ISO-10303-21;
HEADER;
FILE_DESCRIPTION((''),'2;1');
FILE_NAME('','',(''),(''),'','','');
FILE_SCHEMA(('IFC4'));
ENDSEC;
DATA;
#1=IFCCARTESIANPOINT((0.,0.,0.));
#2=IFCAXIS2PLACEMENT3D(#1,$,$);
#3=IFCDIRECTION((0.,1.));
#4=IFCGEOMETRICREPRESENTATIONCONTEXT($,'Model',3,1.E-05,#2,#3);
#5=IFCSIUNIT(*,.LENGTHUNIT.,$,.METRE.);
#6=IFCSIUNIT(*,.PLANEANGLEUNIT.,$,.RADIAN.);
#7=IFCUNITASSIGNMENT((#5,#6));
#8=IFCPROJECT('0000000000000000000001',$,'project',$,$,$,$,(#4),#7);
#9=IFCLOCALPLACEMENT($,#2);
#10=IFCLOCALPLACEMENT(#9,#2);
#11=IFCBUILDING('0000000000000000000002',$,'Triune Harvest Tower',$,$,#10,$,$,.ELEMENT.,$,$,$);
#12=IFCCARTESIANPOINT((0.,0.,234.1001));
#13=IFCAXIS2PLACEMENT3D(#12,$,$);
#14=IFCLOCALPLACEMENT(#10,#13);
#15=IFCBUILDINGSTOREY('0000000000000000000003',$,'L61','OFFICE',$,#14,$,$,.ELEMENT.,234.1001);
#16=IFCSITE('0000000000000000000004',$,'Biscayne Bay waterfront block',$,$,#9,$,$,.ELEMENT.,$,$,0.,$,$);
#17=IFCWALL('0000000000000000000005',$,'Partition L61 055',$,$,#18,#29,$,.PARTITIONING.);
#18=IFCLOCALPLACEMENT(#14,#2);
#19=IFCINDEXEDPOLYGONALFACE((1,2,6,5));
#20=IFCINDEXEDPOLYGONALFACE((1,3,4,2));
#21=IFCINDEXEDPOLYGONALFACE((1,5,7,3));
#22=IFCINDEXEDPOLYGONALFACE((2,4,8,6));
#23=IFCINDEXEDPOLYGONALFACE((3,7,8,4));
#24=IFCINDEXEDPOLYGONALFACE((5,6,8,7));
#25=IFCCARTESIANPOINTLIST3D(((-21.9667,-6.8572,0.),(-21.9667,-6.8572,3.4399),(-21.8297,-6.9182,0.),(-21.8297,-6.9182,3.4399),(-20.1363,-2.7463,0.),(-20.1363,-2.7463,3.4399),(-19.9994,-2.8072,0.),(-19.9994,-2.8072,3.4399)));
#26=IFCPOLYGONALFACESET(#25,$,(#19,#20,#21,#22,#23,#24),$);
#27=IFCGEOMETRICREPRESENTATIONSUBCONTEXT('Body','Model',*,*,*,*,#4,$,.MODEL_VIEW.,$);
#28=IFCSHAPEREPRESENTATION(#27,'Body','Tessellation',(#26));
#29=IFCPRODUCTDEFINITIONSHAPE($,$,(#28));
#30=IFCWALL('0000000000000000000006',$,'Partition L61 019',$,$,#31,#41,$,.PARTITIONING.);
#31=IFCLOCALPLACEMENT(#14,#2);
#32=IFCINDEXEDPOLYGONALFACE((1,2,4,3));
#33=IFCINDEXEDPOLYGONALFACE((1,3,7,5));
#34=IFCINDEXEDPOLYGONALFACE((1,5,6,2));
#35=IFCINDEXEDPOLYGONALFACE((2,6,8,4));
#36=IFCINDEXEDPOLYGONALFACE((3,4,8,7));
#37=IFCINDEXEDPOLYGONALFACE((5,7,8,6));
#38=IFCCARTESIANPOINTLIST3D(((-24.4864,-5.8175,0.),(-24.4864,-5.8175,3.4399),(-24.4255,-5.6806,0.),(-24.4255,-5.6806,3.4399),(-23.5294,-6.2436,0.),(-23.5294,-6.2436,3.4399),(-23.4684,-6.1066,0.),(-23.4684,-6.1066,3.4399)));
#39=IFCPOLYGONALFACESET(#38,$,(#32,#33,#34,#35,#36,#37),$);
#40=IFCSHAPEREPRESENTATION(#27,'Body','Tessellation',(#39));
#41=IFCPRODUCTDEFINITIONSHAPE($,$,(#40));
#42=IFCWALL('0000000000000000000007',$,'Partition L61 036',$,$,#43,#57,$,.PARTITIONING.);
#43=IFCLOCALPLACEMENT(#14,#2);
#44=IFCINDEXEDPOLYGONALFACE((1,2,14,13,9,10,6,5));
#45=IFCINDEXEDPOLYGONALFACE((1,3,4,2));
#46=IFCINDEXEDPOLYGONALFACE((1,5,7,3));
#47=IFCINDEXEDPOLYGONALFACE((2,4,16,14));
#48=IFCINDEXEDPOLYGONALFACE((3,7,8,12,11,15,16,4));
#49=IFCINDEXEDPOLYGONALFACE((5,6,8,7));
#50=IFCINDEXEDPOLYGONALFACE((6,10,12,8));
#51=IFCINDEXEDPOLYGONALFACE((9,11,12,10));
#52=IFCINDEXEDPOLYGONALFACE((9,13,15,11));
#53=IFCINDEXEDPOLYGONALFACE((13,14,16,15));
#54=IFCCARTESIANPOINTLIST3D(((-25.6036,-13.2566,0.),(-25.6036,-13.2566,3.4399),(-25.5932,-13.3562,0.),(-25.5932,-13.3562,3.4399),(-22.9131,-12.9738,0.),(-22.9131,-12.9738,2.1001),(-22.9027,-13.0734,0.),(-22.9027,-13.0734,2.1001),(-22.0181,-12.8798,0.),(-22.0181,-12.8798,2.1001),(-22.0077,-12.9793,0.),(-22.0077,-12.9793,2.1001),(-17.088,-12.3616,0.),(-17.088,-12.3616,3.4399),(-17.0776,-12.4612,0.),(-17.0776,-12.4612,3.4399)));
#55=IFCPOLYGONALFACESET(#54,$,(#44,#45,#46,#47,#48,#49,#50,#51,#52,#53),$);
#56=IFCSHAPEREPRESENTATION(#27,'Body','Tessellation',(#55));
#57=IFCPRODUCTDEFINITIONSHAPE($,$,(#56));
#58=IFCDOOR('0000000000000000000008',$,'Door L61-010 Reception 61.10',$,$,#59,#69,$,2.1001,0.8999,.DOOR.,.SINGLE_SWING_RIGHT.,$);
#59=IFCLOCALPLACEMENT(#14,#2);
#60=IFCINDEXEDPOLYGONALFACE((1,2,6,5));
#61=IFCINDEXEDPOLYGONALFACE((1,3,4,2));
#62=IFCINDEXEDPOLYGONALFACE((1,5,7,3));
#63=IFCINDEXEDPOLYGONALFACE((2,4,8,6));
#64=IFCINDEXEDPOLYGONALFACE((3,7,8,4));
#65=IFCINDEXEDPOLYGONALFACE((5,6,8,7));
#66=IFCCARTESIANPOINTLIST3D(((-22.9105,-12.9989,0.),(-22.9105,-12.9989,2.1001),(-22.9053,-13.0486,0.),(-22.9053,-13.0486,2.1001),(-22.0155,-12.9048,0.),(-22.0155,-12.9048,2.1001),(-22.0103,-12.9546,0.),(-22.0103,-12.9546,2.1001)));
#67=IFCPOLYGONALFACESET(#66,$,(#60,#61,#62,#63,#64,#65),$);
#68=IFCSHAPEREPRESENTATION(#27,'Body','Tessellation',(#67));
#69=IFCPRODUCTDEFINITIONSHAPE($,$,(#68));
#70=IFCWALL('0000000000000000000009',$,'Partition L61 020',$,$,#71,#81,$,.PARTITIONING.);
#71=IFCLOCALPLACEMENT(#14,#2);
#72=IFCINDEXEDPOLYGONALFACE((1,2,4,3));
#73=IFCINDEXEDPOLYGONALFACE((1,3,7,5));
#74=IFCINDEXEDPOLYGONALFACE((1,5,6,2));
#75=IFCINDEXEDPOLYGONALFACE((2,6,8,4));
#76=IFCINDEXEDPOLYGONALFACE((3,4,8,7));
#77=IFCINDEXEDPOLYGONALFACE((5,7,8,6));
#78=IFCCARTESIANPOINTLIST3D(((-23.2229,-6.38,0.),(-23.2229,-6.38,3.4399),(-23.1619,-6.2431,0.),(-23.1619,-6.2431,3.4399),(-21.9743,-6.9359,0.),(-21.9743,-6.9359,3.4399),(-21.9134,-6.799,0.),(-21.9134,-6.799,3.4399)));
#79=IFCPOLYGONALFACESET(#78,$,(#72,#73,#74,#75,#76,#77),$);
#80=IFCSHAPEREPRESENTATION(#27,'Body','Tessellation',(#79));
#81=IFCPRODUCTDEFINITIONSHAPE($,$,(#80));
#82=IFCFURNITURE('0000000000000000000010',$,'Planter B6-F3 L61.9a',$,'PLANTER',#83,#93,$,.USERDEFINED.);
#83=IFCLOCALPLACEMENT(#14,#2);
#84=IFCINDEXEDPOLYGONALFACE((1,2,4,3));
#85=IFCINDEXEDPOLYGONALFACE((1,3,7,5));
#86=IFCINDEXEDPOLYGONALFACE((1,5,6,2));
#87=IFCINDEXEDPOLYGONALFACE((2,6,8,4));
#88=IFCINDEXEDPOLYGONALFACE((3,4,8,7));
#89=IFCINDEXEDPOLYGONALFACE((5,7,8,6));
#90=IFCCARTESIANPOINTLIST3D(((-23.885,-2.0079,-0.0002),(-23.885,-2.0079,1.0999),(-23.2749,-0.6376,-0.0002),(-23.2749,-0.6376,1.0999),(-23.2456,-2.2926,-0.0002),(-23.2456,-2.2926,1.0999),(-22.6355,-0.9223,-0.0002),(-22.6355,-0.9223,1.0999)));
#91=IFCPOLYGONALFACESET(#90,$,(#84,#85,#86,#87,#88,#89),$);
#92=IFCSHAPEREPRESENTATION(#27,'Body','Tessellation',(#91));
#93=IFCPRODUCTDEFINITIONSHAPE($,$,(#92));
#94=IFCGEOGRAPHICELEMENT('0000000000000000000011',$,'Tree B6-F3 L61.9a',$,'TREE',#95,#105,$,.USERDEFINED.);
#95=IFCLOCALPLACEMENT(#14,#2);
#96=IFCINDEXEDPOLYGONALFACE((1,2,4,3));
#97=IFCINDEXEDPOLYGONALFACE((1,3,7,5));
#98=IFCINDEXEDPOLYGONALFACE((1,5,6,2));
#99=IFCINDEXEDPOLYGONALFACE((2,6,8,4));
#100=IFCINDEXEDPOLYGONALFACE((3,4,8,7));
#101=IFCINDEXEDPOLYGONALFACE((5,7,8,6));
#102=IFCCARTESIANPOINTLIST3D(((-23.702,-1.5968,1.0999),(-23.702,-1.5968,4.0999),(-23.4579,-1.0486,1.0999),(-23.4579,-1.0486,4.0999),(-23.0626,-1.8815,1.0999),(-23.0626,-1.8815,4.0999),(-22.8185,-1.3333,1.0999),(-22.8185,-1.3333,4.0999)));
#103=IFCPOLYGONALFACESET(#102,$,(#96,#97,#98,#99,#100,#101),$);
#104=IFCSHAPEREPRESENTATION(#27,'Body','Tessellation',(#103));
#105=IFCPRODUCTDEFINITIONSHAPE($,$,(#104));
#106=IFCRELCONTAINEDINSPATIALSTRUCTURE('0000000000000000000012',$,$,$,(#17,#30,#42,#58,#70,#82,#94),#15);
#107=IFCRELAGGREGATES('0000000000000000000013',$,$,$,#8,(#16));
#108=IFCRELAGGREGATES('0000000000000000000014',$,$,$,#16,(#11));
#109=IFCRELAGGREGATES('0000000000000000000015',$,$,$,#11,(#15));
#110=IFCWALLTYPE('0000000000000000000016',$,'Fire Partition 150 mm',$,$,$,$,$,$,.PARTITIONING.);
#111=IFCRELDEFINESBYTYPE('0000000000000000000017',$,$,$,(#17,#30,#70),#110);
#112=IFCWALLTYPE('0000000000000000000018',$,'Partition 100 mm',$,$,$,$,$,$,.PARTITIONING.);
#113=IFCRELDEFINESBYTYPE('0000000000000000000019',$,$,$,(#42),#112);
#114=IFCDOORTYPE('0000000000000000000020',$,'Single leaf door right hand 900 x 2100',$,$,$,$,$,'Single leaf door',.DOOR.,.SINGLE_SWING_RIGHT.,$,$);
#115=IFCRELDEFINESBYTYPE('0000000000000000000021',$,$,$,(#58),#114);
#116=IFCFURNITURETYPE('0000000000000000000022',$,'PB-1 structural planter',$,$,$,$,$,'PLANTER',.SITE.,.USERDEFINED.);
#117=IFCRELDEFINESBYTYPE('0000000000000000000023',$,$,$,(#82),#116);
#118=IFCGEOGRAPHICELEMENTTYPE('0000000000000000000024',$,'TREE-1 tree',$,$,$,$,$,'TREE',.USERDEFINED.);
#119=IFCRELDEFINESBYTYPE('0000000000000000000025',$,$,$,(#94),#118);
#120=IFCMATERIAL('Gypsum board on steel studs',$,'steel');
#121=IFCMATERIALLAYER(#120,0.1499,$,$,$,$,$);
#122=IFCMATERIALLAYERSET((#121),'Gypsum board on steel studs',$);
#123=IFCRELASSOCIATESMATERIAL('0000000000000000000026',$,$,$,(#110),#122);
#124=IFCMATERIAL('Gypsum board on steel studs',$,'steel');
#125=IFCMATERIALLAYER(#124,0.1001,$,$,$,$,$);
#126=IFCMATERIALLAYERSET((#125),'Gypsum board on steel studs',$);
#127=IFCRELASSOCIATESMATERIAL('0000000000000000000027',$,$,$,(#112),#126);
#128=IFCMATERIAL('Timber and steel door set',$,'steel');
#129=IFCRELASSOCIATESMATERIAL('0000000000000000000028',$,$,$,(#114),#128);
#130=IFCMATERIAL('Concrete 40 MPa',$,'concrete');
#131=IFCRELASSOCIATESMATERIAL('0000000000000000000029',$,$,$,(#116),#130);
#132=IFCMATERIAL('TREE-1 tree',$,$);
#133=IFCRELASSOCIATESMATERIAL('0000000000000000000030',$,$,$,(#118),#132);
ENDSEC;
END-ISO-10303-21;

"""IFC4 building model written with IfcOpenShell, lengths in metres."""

from ifc_helpers import new_model, si_unit, direction, frame, frame_2d, origin, origin_2d, place, context, subcontext, project, spatial, rectangle, extrude, source, transform, mapped, material, layer, layer_set, type_object, element, fill, save


model = new_model("IFC4")

# Units and contexts
model_context = context("Model", 3, precision=1e-05, world=origin(), true_north=direction((0.0, 1.0)))
body_context = subcontext(model_context, "Body", "Model", "MODEL_VIEW")
ifc_project = project(units=[si_unit("LENGTHUNIT", "METRE"), si_unit("PLANEANGLEUNIT", "RADIAN")], contexts=[model_context])

# Site, building, storey
site_placement = place(None, origin())
site = spatial("IfcSite", under=ifc_project, at=site_placement, Name="Biscayne Bay waterfront block", CompositionType="ELEMENT", RefElevation=0.0)
building_placement = place(site_placement, origin())
building = spatial("IfcBuilding", under=site, at=building_placement, Name="Triune Harvest Tower", CompositionType="ELEMENT")
storey_placement = place(building_placement, frame((0.0, 0.0, 234.1001)))
storey = spatial("IfcBuildingStorey", under=building, at=storey_placement, Name="L61", Description="OFFICE", CompositionType="ELEMENT", Elevation=234.1001)

# Shared definitions
ifc_material_1 = material(Name="Gypsum board on steel studs", Category="steel")
ifc_layer_1 = layer(ifc_material_1, 0.1499)
ifc_layer_set_1 = layer_set([ifc_layer_1], Name="Gypsum board on steel studs")
wall_type_1 = type_object("IfcWallType", Name="Fire Partition 150 mm", PredefinedType="PARTITIONING", material=ifc_layer_set_1)

# Wall
wall_1_placement = place(storey_placement, frame((-21.8982, -6.8877, 0.0), z_axis=(0.0, 0.0, 1.0), x_axis=(0.406747, 0.913541, 0.0)))
element("IfcWall", 1, at=wall_1_placement, inside=storey, type_object=wall_type_1, Name="Partition L61 055", PredefinedType="PARTITIONING", context=body_context, shape_type="SweptSolid", body=[
    extrude(rectangle(XDim=4.5, YDim=0.1499, at=frame_2d((2.25, 0.0))), origin(), (0.0, 0.0, 1.0), 3.4399),
])

# Wall
shared_shape_1 = source(origin(), body_context, "Body", "SweptSolid", [
    extrude(rectangle(XDim=1.0476, YDim=0.1499, at=frame_2d((0.5239, 0.0))), origin(), (0.0, 0.0, 1.0), 3.4399),
])
wall_2_placement = place(storey_placement, frame((-24.4561, -5.749, 0.0), z_axis=(0.0, 0.0, 1.0), x_axis=(0.913571, -0.406679, 0.0)))
element("IfcWall", 2, at=wall_2_placement, inside=storey, type_object=wall_type_1, Name="Partition L61 019", PredefinedType="PARTITIONING", context=body_context, shape_type="MappedRepresentation", body=[
    mapped(shared_shape_1, transform((0.0, 0.0, 0.0), scale=1.0)),
])

# Wall, opening, door
ifc_material_2 = material(Name="Gypsum board on steel studs", Category="steel")
ifc_layer_2 = layer(ifc_material_2, 0.1001)
ifc_layer_set_2 = layer_set([ifc_layer_2], Name="Gypsum board on steel studs")
wall_type_2 = type_object("IfcWallType", Name="Partition 100 mm", PredefinedType="PARTITIONING", material=ifc_layer_set_2)
shared_shape_2 = source(origin(), body_context, "Body", "SweptSolid", [
    extrude(rectangle(XDim=8.5625, YDim=0.1001, at=frame_2d((4.2812, 0.0))), origin(), (0.0, 0.0, 1.0), 3.4399),
])
wall_3_placement = place(storey_placement, frame((-25.5984, -13.3064, 0.0), z_axis=(0.0, 0.0, 1.0), x_axis=(0.994522, 0.104527, 0.0)))
wall_3 = element("IfcWall", 3, at=wall_3_placement, inside=storey, type_object=wall_type_2, Name="Partition L61 036", PredefinedType="PARTITIONING", context=body_context, shape_type="MappedRepresentation", body=[
    mapped(shared_shape_2, transform((0.0, 0.0, 0.0), scale=1.0)),
])
opening_1_placement = place(wall_3_placement, frame((2.7053, 0.0, 0.0)))
opening_1 = element("IfcOpeningElement", 4, at=opening_1_placement, cuts=wall_3, PredefinedType="OPENING", context=body_context, shape_type="SweptSolid", body=[
    extrude(rectangle(XDim=0.8999, YDim=2.1001, at=frame_2d((0.45, 1.05))), frame((0.0, 0.0601, 0.0), z_axis=(0.0, -1.0, 0.0), x_axis=(1.0, 0.0, 0.0)), (0.0, 0.0, 1.0), 0.1201),
])
ifc_material_3 = material(Name="Timber and steel door set", Category="steel")
door_type_1 = type_object("IfcDoorType", Name="Single leaf door right hand 900 x 2100", ElementType="Single leaf door", OperationType="SINGLE_SWING_RIGHT", PredefinedType="DOOR", material=ifc_material_3)
door_1_placement = place(opening_1_placement, origin())
door_1 = element("IfcDoor", 5, at=door_1_placement, inside=storey, type_object=door_type_1, Name="Door L61-010 Reception 61.10", OperationType="SINGLE_SWING_RIGHT", OverallHeight=2.1001, OverallWidth=0.8999, PredefinedType="DOOR", context=body_context, shape_type="SweptSolid", body=[
    extrude(rectangle(XDim=0.8999, YDim=2.1001, at=frame_2d((0.45, 1.05))), frame((0.0, 0.0249, 0.0), z_axis=(0.0, -1.0, 0.0), x_axis=(1.0, 0.0, 0.0)), (0.0, 0.0, 1.0), 0.05),
])
fill(opening_1, door_1)

# Wall
shared_shape_3 = source(origin(), body_context, "Body", "SweptSolid", [
    extrude(rectangle(XDim=1.3667, YDim=0.1499, at=frame_2d((0.6833, 0.0))), origin(), (0.0, 0.0, 1.0), 3.4399),
])
wall_4_placement = place(storey_placement, frame((-23.1924, -6.3115, 0.0), z_axis=(0.0, 0.0, 1.0), x_axis=(0.913539, -0.406752, 0.0)))
element("IfcWall", 6, at=wall_4_placement, inside=storey, type_object=wall_type_1, Name="Partition L61 020", PredefinedType="PARTITIONING", context=body_context, shape_type="MappedRepresentation", body=[
    mapped(shared_shape_3, transform((0.0, 0.0, 0.0), scale=1.0)),
])

# Furniture
ifc_material_4 = material(Name="Concrete 40 MPa", Category="concrete")
furniture_type = type_object("IfcFurnitureType", Name="PB-1 structural planter", ElementType="PLANTER", AssemblyPlace="SITE", PredefinedType="USERDEFINED", material=ifc_material_4)
shared_shape_4 = source(origin(), body_context, "Body", "SweptSolid", [
    extrude(rectangle(XDim=1.5, YDim=0.7, at=origin_2d()), origin(), (0.0, 0.0, 1.0), 1.1001),
])
furniture_placement = place(storey_placement, frame((-23.2603, -1.4651, -0.0002), z_axis=(0.0, 0.0, 1.0), x_axis=(-0.406738, -0.913545, 0.0)))
element("IfcFurniture", 7, at=furniture_placement, inside=storey, type_object=furniture_type, Name="Planter B6-F3 L61.9a", ObjectType="PLANTER", PredefinedType="USERDEFINED", context=body_context, shape_type="MappedRepresentation", body=[
    mapped(shared_shape_4, transform((0.0, 0.0, 0.0), scale=1.0)),
])

# Geographic element
ifc_material_5 = material(Name="TREE-1 tree")
geographic_element_type = type_object("IfcGeographicElementType", Name="TREE-1 tree", ElementType="TREE", PredefinedType="USERDEFINED", material=ifc_material_5)
shared_shape_5 = source(origin(), body_context, "Body", "SweptSolid", [
    extrude(rectangle(XDim=0.6001, YDim=0.7, at=origin_2d()), origin(), (0.0, 0.0, 1.0), 3.0),
])
geographic_element_placement = place(storey_placement, frame((-23.2603, -1.4651, 1.0999), z_axis=(0.0, 0.0, 1.0), x_axis=(-0.406738, -0.913545, 0.0)))
element("IfcGeographicElement", 8, at=geographic_element_placement, inside=storey, type_object=geographic_element_type, Name="Tree B6-F3 L61.9a", ObjectType="TREE", PredefinedType="USERDEFINED", context=body_context, shape_type="MappedRepresentation", body=[
    mapped(shared_shape_5, transform((0.0, 0.0, 0.0), scale=1.0)),
])

save(model, "model.ifc")
